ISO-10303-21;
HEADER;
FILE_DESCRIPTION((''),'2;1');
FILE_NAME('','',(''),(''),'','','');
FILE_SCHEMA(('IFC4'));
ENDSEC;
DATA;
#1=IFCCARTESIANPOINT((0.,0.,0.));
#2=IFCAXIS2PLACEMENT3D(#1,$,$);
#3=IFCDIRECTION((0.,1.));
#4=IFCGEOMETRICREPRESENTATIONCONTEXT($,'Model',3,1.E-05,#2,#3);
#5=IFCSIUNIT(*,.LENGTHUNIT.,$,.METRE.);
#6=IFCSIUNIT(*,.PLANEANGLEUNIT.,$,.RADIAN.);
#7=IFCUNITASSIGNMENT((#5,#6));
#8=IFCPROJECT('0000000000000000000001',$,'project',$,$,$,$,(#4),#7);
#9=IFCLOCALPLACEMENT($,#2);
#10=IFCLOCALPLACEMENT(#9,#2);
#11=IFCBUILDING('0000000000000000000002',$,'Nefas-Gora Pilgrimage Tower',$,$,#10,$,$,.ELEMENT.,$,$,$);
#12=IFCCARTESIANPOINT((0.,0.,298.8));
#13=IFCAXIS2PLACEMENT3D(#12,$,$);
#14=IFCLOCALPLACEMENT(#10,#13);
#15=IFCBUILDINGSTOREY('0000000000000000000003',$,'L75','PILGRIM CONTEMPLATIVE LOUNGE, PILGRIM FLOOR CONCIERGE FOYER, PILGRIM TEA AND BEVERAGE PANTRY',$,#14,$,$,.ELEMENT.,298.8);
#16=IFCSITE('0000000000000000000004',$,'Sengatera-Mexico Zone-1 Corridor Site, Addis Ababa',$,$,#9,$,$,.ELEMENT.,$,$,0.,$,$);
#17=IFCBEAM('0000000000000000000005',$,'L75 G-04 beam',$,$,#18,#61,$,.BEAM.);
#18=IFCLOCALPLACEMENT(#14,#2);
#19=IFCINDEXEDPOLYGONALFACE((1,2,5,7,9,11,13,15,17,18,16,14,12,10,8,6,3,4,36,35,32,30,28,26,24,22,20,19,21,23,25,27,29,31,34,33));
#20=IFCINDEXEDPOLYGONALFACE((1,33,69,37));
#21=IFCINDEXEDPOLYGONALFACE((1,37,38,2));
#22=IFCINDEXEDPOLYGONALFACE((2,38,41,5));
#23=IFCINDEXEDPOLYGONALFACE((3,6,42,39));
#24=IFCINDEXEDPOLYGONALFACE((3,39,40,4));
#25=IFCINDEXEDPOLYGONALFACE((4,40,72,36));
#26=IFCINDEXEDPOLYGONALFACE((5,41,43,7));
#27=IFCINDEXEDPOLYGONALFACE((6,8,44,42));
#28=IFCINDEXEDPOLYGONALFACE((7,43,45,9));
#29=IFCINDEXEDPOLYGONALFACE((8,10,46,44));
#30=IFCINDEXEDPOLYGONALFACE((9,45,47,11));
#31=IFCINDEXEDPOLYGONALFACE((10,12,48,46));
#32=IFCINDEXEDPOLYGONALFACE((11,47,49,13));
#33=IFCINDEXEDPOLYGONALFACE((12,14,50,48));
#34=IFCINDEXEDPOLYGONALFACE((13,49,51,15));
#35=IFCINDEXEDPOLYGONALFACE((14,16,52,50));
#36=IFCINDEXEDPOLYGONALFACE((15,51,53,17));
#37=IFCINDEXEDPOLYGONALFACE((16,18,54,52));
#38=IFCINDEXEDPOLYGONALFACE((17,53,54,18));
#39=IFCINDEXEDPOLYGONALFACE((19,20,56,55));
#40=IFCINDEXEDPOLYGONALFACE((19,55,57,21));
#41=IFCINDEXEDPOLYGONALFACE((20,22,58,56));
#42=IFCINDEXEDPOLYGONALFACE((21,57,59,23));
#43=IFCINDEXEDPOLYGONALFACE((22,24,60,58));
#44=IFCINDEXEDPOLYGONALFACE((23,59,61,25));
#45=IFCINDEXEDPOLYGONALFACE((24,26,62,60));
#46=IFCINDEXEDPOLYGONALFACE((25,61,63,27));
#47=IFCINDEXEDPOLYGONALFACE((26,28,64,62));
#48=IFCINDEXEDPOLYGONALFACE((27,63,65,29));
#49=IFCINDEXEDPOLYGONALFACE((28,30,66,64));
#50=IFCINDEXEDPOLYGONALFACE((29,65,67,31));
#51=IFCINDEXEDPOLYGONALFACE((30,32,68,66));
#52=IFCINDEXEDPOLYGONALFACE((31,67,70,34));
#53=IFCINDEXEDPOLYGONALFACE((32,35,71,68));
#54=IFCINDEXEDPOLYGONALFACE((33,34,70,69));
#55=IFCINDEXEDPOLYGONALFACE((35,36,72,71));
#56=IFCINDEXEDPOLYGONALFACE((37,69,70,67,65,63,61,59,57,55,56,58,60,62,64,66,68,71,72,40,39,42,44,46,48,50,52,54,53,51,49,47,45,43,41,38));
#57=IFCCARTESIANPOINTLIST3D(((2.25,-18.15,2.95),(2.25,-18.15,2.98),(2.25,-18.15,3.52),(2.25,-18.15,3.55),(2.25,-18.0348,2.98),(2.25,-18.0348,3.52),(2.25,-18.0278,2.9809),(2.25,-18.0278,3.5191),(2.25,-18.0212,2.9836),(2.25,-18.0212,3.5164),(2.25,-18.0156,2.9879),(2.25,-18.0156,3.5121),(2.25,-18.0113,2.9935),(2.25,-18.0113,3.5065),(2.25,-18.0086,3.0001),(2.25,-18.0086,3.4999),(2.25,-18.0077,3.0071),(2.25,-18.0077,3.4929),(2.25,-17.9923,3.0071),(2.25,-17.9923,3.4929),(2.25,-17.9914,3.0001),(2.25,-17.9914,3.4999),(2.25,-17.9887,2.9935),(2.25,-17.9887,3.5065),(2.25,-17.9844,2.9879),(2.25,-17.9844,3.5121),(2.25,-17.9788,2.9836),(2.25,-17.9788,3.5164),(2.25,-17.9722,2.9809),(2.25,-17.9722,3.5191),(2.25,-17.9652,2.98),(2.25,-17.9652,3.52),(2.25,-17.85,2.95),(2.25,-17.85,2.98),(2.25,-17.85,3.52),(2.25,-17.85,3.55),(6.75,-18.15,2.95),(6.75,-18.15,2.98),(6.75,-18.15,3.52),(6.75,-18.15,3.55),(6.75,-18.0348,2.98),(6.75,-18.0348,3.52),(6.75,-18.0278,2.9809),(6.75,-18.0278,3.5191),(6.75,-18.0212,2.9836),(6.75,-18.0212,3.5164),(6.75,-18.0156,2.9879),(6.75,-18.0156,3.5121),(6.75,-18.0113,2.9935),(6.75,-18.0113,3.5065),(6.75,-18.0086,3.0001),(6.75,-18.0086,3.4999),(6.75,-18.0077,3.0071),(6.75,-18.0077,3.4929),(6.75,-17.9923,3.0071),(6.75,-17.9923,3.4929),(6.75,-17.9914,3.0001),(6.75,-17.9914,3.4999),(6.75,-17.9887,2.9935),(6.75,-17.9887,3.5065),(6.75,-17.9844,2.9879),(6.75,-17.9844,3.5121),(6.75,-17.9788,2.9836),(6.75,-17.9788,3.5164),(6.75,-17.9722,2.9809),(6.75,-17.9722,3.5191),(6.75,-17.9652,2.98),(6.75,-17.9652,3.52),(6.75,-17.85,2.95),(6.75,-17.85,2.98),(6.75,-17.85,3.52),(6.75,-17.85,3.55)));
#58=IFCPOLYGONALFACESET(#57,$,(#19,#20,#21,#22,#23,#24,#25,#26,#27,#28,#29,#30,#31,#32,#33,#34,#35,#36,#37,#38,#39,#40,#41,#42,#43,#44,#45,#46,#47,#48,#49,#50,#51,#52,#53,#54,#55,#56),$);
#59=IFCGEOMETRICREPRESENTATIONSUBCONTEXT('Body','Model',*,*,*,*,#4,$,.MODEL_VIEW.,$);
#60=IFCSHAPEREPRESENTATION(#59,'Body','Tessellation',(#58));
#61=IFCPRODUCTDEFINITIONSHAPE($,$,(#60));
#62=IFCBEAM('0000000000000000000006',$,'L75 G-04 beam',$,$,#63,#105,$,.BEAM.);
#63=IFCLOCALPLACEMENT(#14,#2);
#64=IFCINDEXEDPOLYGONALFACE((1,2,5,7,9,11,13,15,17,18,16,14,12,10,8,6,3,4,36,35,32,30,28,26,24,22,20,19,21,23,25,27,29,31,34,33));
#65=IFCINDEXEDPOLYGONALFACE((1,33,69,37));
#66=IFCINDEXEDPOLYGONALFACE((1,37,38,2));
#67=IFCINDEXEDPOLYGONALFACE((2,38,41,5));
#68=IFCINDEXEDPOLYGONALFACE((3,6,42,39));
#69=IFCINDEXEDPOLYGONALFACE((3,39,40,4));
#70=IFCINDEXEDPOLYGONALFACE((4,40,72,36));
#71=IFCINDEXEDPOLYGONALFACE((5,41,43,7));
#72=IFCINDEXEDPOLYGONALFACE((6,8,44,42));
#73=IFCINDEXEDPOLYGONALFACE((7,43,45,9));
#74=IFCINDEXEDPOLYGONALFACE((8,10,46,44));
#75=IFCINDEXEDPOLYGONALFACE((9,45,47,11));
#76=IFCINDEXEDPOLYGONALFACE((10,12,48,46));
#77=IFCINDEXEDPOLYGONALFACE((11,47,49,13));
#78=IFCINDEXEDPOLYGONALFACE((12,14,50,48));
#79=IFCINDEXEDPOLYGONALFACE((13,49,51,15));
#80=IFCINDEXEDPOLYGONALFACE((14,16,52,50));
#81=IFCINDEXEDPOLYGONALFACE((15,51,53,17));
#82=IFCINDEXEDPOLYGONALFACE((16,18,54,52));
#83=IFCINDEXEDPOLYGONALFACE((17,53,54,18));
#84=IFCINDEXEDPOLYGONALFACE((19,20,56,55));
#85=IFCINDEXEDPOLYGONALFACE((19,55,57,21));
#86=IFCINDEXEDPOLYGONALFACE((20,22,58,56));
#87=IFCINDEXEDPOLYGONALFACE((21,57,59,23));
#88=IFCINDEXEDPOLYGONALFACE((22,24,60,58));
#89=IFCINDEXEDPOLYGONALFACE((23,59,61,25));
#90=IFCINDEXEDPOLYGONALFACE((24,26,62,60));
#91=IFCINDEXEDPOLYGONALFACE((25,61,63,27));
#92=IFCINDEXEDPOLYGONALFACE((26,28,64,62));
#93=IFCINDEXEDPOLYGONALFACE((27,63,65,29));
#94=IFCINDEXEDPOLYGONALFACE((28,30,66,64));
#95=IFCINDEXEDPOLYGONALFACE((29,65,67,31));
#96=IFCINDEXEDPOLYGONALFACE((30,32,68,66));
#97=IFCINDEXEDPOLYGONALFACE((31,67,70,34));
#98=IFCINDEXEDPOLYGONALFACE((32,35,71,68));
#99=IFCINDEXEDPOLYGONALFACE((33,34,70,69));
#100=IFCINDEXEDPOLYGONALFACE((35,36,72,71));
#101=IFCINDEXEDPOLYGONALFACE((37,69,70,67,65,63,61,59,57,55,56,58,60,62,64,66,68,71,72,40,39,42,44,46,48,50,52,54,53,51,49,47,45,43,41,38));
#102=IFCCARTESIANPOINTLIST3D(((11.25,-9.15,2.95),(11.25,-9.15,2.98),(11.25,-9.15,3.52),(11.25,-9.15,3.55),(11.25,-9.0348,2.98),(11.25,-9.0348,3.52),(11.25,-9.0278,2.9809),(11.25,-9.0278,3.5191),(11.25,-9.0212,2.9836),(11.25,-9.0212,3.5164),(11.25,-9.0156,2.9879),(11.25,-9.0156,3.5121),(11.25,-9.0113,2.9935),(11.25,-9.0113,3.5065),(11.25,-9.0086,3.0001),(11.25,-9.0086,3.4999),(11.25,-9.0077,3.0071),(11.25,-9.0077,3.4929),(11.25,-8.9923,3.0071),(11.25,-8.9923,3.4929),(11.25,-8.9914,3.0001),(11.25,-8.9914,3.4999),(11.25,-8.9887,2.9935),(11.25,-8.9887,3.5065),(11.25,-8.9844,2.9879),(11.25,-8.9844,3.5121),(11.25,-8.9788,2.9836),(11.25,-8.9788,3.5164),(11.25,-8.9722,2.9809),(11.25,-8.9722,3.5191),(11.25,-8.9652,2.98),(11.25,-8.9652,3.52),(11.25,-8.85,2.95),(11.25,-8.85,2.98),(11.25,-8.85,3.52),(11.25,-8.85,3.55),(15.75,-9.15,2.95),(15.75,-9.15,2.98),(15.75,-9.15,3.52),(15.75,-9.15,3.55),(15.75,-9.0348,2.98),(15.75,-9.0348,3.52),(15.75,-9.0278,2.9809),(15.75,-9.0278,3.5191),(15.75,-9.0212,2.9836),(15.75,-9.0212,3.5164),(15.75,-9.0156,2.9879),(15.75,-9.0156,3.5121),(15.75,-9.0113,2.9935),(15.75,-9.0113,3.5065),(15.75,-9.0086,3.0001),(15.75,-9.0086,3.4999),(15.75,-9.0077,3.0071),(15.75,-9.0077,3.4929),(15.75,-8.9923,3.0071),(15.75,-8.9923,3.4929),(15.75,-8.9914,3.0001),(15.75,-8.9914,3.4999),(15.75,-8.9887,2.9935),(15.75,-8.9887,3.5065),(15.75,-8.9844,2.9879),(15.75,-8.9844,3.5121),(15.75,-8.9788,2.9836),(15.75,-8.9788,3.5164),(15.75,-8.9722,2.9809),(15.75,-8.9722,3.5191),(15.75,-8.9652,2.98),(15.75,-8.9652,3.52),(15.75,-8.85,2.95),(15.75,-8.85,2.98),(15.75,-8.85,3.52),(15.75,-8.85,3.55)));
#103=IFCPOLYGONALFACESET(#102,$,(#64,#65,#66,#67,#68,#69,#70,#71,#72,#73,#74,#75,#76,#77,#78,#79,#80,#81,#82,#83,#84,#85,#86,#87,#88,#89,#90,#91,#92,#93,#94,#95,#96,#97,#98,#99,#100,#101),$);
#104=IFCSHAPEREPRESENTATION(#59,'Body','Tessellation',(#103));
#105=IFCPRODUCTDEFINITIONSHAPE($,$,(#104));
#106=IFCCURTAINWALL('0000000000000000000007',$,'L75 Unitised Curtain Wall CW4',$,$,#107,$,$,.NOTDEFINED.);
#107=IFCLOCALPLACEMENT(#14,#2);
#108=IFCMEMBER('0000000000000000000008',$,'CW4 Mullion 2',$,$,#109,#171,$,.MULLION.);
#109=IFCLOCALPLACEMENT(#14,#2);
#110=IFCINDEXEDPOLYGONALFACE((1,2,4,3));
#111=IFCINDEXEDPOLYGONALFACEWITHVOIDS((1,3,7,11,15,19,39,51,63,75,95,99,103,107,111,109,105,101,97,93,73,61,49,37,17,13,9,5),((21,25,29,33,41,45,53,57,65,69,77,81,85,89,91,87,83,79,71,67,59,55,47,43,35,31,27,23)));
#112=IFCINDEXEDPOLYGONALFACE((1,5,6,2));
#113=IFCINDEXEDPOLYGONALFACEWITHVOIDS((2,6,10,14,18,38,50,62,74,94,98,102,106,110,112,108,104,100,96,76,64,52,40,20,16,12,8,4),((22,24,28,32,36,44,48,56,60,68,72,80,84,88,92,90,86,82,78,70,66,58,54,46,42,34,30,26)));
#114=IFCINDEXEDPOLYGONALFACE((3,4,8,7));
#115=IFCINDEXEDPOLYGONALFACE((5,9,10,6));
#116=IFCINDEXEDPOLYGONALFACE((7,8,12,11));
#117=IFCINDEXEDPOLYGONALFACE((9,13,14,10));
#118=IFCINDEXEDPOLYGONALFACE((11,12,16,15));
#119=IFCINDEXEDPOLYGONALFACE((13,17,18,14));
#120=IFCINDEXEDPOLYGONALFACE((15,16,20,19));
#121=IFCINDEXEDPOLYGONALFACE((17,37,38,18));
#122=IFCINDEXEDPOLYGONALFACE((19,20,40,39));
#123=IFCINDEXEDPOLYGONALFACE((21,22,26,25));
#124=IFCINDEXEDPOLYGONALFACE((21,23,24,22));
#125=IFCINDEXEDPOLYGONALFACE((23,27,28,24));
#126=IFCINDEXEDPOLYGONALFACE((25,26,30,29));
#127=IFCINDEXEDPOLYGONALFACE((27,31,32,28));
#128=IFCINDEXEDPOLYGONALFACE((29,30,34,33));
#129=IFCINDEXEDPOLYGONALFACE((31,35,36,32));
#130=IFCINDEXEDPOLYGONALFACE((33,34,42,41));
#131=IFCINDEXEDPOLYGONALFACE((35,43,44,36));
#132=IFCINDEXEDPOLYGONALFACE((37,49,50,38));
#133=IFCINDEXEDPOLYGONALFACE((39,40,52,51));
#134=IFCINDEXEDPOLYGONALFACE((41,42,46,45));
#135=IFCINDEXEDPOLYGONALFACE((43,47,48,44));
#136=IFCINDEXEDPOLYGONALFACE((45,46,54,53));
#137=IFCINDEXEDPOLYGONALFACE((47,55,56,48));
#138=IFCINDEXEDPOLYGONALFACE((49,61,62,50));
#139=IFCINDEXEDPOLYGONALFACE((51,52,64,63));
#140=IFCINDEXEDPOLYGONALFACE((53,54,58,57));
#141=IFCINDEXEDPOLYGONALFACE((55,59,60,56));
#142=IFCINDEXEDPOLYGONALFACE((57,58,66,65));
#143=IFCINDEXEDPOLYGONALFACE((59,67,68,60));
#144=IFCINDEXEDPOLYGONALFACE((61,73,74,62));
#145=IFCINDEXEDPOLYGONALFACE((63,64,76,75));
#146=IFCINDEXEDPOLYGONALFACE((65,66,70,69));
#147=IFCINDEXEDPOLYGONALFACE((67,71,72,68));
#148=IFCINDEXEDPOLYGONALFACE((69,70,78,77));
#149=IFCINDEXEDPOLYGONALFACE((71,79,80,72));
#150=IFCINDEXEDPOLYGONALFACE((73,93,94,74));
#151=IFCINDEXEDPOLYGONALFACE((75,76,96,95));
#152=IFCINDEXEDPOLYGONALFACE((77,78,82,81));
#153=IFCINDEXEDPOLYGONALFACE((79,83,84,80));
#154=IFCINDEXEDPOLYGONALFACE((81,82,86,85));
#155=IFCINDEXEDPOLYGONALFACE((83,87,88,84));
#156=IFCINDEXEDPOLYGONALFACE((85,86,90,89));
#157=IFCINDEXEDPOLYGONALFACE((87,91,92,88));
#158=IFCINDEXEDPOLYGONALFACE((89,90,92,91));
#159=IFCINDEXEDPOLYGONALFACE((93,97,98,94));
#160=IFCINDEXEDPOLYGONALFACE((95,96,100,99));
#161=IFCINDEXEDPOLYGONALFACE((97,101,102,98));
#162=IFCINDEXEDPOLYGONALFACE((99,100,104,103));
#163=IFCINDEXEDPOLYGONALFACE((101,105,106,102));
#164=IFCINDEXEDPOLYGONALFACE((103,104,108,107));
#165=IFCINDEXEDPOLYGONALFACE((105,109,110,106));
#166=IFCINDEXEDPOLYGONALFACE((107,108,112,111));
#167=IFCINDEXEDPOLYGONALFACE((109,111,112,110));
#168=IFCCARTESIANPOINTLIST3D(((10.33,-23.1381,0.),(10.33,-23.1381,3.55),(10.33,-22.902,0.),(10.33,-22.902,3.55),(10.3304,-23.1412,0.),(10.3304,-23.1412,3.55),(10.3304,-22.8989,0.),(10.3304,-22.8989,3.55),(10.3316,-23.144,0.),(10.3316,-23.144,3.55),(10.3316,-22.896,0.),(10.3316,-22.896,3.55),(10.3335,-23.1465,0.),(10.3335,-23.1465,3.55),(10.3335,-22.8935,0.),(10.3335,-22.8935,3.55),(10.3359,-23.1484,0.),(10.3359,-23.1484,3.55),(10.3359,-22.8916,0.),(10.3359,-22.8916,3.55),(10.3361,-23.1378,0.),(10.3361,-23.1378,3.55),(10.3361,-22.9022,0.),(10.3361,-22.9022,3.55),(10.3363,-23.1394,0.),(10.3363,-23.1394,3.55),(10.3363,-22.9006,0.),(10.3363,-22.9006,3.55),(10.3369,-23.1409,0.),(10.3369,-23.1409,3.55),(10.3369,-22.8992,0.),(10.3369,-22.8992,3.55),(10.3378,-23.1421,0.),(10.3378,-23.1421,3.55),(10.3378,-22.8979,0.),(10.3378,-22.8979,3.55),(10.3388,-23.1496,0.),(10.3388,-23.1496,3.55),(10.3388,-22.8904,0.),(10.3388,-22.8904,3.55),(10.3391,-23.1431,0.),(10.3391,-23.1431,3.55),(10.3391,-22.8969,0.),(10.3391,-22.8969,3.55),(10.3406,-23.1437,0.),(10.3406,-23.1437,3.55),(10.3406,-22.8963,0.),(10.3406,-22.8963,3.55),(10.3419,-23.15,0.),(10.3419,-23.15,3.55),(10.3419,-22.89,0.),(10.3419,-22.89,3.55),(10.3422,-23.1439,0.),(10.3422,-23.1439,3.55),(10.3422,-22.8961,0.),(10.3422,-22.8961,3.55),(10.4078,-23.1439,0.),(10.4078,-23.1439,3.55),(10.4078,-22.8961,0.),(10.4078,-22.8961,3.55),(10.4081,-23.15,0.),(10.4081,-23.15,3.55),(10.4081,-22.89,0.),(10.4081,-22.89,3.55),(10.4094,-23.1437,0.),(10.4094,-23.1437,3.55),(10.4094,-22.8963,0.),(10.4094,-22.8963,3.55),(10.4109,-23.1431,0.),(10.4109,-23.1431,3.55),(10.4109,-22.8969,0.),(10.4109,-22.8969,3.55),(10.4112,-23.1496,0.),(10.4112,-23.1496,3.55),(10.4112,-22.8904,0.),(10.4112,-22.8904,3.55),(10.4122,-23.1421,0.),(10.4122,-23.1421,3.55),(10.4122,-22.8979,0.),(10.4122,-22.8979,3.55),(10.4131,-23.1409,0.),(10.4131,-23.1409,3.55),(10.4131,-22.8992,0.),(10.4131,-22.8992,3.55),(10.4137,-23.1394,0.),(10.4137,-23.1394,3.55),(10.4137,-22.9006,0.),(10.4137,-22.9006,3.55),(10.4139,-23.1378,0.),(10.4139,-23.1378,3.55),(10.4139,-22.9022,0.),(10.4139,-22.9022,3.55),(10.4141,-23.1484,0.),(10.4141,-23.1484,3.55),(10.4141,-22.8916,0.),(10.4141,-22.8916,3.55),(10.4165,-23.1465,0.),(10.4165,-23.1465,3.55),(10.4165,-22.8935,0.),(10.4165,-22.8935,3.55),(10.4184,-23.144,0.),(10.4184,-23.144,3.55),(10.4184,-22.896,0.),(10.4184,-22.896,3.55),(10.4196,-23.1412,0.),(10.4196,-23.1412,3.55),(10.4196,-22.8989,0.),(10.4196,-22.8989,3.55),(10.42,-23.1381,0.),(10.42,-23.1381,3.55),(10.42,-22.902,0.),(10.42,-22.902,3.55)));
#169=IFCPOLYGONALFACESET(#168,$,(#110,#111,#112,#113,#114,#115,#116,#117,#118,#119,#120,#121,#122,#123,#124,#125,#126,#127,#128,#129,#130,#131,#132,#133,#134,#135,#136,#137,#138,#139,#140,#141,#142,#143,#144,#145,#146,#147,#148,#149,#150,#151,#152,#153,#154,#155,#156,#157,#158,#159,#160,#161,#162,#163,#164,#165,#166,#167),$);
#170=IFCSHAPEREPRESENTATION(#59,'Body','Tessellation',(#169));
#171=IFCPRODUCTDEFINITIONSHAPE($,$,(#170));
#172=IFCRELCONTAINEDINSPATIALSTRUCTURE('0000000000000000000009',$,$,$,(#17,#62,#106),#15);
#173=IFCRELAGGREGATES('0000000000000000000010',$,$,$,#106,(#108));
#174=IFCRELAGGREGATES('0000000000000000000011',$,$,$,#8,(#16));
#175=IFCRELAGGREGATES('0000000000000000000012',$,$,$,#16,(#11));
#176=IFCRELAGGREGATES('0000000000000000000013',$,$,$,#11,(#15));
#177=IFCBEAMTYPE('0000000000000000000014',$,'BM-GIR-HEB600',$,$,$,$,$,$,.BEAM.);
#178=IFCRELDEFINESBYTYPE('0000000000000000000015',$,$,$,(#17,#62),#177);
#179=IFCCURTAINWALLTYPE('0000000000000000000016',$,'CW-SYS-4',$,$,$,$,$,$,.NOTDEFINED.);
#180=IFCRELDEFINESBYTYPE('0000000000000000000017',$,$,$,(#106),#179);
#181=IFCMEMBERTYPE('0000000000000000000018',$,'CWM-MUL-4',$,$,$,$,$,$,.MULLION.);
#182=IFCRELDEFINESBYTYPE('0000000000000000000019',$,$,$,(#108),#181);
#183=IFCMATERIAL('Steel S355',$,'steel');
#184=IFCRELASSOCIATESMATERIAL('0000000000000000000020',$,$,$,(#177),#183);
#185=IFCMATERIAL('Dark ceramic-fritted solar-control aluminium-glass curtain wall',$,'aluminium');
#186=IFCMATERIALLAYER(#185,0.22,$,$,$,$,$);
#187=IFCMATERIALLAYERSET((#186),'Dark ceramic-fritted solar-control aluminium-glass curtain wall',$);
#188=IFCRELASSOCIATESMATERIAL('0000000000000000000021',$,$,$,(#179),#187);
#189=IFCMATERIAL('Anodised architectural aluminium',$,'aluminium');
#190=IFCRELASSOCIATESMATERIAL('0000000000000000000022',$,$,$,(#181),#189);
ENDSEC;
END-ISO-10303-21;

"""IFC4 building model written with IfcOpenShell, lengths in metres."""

from ifc_helpers import new_model, si_unit, direction, frame, origin, origin_2d, place, context, subcontext, project, spatial, hollow_rectangle, i_section, extrude, source, transform, mapped, material, layer, layer_set, material_profile, profile_set, type_object, element, aggregate, save


model = new_model("IFC4")

# Units and contexts
model_context = context("Model", 3, precision=1e-05, world=origin(), true_north=direction((0.0, 1.0)))
body_context = subcontext(model_context, "Body", "Model", "MODEL_VIEW")
ifc_project = project(units=[si_unit("LENGTHUNIT", "METRE"), si_unit("PLANEANGLEUNIT", "RADIAN")], contexts=[model_context])

# Site, building, storey
site_placement = place(None, origin())
site = spatial("IfcSite", under=ifc_project, at=site_placement, Name="Sengatera-Mexico Zone-1 Corridor Site, Addis Ababa", CompositionType="ELEMENT", RefElevation=0.0)
building_placement = place(site_placement, origin())
building = spatial("IfcBuilding", under=site, at=building_placement, Name="Nefas-Gora Pilgrimage Tower", CompositionType="ELEMENT")
storey_placement = place(building_placement, frame((0.0, 0.0, 298.8)))
storey = spatial("IfcBuildingStorey", under=building, at=storey_placement, Name="L75", Description="PILGRIM CONTEMPLATIVE LOUNGE, PILGRIM FLOOR CONCIERGE FOYER, PILGRIM TEA AND BEVERAGE PANTRY", CompositionType="ELEMENT", Elevation=298.8)

# Shared definitions
ifc_material_1 = material(Name="Steel S355", Category="steel")

# Beams
ifc_material_profile_1 = material_profile(ifc_material_1, i_section(OverallWidth=0.3, OverallDepth=0.6001, WebThickness=0.0154, FlangeThickness=0.03, FilletRadius=0.0271, at=origin_2d()), Name="HEB 600")
ifc_profile_set_1 = profile_set([ifc_material_profile_1], Name="Steel S355")
beam_type = type_object("IfcBeamType", Name="BM-GIR-HEB600", PredefinedType="BEAM", material=ifc_profile_set_1)
shared_shape_1 = source(origin(), body_context, "Body", "SweptSolid", [
    extrude(i_section(OverallWidth=0.3, OverallDepth=0.6001, WebThickness=0.0154, FlangeThickness=0.03, FilletRadius=0.0271, at=origin_2d()), origin(), (0.0, 0.0, 1.0), 4.5),
])
for number, where, z_axis, x_axis, name in (
    (1, (2.25, -18.0, 3.25), (1.0, 0.0, 0.0), (0.0, 1.0, 0.0), "L75 G-04 beam"),
    (2, (11.25, -9.0, 3.25), (1.0, 0.0, 0.0), (0.0, 1.0, 0.0), "L75 G-04 beam"),
):
    element("IfcBeam", number, at=place(storey_placement, frame(where, z_axis=z_axis, x_axis=x_axis)), inside=storey, type_object=beam_type, Name=name, PredefinedType="BEAM", context=body_context, shape_type="MappedRepresentation", body=[
        mapped(shared_shape_1, transform((0.0, 0.0, 0.0), x_axis=(1.0, 0.0, 0.0), y_axis=(0.0, 1.0, 0.0), z_axis=(0.0, 0.0, 1.0), scale=1.0)),
    ])

# Curtain wall, member
ifc_material_2 = material(Name="Dark ceramic-fritted solar-control aluminium-glass curtain wall", Category="aluminium")
ifc_layer_1 = layer(ifc_material_2, 0.22)
ifc_layer_set_1 = layer_set([ifc_layer_1], Name="Dark ceramic-fritted solar-control aluminium-glass curtain wall")
curtain_wall_type = type_object("IfcCurtainWallType", Name="CW-SYS-4", PredefinedType="NOTDEFINED", material=ifc_layer_set_1)
curtain_wall_1_placement = place(storey_placement, origin())
curtain_wall_1 = element("IfcCurtainWall", 3, at=curtain_wall_1_placement, inside=storey, type_object=curtain_wall_type, Name="L75 Unitised Curtain Wall CW4", PredefinedType="NOTDEFINED")
ifc_material_3 = material(Name="Anodised architectural aluminium", Category="aluminium")
ifc_material_profile_2 = material_profile(ifc_material_3, hollow_rectangle(XDim=0.0901, YDim=0.26, WallThickness=0.0061, InnerFilletRadius=0.0061, OuterFilletRadius=0.012, at=origin_2d()), Name="ALU MULLION 90x260")
ifc_profile_set_2 = profile_set([ifc_material_profile_2], Name="Anodised architectural aluminium")
member_type = type_object("IfcMemberType", Name="CWM-MUL-4", PredefinedType="MULLION", material=ifc_profile_set_2)
shared_shape_2 = source(origin(), body_context, "Body", "SweptSolid", [
    extrude(hollow_rectangle(XDim=0.0901, YDim=0.26, WallThickness=0.0061, InnerFilletRadius=0.0061, OuterFilletRadius=0.012, at=origin_2d()), origin(), (0.0, 0.0, 1.0), 3.55),
])
member_1_placement = place(storey_placement, frame((10.375, -23.02, 0.0), z_axis=(0.0, 0.0, 1.0), x_axis=(1.0, 0.0, 0.0)))
member_1 = element("IfcMember", 4, at=member_1_placement, type_object=member_type, Name="CW4 Mullion 2", PredefinedType="MULLION", context=body_context, shape_type="MappedRepresentation", body=[
    mapped(shared_shape_2, transform((0.0, 0.0, 0.0), x_axis=(1.0, 0.0, 0.0), y_axis=(0.0, 1.0, 0.0), z_axis=(0.0, 0.0, 1.0), scale=1.0)),
])
aggregate(curtain_wall_1, [member_1])

save(model, "model.ifc")
